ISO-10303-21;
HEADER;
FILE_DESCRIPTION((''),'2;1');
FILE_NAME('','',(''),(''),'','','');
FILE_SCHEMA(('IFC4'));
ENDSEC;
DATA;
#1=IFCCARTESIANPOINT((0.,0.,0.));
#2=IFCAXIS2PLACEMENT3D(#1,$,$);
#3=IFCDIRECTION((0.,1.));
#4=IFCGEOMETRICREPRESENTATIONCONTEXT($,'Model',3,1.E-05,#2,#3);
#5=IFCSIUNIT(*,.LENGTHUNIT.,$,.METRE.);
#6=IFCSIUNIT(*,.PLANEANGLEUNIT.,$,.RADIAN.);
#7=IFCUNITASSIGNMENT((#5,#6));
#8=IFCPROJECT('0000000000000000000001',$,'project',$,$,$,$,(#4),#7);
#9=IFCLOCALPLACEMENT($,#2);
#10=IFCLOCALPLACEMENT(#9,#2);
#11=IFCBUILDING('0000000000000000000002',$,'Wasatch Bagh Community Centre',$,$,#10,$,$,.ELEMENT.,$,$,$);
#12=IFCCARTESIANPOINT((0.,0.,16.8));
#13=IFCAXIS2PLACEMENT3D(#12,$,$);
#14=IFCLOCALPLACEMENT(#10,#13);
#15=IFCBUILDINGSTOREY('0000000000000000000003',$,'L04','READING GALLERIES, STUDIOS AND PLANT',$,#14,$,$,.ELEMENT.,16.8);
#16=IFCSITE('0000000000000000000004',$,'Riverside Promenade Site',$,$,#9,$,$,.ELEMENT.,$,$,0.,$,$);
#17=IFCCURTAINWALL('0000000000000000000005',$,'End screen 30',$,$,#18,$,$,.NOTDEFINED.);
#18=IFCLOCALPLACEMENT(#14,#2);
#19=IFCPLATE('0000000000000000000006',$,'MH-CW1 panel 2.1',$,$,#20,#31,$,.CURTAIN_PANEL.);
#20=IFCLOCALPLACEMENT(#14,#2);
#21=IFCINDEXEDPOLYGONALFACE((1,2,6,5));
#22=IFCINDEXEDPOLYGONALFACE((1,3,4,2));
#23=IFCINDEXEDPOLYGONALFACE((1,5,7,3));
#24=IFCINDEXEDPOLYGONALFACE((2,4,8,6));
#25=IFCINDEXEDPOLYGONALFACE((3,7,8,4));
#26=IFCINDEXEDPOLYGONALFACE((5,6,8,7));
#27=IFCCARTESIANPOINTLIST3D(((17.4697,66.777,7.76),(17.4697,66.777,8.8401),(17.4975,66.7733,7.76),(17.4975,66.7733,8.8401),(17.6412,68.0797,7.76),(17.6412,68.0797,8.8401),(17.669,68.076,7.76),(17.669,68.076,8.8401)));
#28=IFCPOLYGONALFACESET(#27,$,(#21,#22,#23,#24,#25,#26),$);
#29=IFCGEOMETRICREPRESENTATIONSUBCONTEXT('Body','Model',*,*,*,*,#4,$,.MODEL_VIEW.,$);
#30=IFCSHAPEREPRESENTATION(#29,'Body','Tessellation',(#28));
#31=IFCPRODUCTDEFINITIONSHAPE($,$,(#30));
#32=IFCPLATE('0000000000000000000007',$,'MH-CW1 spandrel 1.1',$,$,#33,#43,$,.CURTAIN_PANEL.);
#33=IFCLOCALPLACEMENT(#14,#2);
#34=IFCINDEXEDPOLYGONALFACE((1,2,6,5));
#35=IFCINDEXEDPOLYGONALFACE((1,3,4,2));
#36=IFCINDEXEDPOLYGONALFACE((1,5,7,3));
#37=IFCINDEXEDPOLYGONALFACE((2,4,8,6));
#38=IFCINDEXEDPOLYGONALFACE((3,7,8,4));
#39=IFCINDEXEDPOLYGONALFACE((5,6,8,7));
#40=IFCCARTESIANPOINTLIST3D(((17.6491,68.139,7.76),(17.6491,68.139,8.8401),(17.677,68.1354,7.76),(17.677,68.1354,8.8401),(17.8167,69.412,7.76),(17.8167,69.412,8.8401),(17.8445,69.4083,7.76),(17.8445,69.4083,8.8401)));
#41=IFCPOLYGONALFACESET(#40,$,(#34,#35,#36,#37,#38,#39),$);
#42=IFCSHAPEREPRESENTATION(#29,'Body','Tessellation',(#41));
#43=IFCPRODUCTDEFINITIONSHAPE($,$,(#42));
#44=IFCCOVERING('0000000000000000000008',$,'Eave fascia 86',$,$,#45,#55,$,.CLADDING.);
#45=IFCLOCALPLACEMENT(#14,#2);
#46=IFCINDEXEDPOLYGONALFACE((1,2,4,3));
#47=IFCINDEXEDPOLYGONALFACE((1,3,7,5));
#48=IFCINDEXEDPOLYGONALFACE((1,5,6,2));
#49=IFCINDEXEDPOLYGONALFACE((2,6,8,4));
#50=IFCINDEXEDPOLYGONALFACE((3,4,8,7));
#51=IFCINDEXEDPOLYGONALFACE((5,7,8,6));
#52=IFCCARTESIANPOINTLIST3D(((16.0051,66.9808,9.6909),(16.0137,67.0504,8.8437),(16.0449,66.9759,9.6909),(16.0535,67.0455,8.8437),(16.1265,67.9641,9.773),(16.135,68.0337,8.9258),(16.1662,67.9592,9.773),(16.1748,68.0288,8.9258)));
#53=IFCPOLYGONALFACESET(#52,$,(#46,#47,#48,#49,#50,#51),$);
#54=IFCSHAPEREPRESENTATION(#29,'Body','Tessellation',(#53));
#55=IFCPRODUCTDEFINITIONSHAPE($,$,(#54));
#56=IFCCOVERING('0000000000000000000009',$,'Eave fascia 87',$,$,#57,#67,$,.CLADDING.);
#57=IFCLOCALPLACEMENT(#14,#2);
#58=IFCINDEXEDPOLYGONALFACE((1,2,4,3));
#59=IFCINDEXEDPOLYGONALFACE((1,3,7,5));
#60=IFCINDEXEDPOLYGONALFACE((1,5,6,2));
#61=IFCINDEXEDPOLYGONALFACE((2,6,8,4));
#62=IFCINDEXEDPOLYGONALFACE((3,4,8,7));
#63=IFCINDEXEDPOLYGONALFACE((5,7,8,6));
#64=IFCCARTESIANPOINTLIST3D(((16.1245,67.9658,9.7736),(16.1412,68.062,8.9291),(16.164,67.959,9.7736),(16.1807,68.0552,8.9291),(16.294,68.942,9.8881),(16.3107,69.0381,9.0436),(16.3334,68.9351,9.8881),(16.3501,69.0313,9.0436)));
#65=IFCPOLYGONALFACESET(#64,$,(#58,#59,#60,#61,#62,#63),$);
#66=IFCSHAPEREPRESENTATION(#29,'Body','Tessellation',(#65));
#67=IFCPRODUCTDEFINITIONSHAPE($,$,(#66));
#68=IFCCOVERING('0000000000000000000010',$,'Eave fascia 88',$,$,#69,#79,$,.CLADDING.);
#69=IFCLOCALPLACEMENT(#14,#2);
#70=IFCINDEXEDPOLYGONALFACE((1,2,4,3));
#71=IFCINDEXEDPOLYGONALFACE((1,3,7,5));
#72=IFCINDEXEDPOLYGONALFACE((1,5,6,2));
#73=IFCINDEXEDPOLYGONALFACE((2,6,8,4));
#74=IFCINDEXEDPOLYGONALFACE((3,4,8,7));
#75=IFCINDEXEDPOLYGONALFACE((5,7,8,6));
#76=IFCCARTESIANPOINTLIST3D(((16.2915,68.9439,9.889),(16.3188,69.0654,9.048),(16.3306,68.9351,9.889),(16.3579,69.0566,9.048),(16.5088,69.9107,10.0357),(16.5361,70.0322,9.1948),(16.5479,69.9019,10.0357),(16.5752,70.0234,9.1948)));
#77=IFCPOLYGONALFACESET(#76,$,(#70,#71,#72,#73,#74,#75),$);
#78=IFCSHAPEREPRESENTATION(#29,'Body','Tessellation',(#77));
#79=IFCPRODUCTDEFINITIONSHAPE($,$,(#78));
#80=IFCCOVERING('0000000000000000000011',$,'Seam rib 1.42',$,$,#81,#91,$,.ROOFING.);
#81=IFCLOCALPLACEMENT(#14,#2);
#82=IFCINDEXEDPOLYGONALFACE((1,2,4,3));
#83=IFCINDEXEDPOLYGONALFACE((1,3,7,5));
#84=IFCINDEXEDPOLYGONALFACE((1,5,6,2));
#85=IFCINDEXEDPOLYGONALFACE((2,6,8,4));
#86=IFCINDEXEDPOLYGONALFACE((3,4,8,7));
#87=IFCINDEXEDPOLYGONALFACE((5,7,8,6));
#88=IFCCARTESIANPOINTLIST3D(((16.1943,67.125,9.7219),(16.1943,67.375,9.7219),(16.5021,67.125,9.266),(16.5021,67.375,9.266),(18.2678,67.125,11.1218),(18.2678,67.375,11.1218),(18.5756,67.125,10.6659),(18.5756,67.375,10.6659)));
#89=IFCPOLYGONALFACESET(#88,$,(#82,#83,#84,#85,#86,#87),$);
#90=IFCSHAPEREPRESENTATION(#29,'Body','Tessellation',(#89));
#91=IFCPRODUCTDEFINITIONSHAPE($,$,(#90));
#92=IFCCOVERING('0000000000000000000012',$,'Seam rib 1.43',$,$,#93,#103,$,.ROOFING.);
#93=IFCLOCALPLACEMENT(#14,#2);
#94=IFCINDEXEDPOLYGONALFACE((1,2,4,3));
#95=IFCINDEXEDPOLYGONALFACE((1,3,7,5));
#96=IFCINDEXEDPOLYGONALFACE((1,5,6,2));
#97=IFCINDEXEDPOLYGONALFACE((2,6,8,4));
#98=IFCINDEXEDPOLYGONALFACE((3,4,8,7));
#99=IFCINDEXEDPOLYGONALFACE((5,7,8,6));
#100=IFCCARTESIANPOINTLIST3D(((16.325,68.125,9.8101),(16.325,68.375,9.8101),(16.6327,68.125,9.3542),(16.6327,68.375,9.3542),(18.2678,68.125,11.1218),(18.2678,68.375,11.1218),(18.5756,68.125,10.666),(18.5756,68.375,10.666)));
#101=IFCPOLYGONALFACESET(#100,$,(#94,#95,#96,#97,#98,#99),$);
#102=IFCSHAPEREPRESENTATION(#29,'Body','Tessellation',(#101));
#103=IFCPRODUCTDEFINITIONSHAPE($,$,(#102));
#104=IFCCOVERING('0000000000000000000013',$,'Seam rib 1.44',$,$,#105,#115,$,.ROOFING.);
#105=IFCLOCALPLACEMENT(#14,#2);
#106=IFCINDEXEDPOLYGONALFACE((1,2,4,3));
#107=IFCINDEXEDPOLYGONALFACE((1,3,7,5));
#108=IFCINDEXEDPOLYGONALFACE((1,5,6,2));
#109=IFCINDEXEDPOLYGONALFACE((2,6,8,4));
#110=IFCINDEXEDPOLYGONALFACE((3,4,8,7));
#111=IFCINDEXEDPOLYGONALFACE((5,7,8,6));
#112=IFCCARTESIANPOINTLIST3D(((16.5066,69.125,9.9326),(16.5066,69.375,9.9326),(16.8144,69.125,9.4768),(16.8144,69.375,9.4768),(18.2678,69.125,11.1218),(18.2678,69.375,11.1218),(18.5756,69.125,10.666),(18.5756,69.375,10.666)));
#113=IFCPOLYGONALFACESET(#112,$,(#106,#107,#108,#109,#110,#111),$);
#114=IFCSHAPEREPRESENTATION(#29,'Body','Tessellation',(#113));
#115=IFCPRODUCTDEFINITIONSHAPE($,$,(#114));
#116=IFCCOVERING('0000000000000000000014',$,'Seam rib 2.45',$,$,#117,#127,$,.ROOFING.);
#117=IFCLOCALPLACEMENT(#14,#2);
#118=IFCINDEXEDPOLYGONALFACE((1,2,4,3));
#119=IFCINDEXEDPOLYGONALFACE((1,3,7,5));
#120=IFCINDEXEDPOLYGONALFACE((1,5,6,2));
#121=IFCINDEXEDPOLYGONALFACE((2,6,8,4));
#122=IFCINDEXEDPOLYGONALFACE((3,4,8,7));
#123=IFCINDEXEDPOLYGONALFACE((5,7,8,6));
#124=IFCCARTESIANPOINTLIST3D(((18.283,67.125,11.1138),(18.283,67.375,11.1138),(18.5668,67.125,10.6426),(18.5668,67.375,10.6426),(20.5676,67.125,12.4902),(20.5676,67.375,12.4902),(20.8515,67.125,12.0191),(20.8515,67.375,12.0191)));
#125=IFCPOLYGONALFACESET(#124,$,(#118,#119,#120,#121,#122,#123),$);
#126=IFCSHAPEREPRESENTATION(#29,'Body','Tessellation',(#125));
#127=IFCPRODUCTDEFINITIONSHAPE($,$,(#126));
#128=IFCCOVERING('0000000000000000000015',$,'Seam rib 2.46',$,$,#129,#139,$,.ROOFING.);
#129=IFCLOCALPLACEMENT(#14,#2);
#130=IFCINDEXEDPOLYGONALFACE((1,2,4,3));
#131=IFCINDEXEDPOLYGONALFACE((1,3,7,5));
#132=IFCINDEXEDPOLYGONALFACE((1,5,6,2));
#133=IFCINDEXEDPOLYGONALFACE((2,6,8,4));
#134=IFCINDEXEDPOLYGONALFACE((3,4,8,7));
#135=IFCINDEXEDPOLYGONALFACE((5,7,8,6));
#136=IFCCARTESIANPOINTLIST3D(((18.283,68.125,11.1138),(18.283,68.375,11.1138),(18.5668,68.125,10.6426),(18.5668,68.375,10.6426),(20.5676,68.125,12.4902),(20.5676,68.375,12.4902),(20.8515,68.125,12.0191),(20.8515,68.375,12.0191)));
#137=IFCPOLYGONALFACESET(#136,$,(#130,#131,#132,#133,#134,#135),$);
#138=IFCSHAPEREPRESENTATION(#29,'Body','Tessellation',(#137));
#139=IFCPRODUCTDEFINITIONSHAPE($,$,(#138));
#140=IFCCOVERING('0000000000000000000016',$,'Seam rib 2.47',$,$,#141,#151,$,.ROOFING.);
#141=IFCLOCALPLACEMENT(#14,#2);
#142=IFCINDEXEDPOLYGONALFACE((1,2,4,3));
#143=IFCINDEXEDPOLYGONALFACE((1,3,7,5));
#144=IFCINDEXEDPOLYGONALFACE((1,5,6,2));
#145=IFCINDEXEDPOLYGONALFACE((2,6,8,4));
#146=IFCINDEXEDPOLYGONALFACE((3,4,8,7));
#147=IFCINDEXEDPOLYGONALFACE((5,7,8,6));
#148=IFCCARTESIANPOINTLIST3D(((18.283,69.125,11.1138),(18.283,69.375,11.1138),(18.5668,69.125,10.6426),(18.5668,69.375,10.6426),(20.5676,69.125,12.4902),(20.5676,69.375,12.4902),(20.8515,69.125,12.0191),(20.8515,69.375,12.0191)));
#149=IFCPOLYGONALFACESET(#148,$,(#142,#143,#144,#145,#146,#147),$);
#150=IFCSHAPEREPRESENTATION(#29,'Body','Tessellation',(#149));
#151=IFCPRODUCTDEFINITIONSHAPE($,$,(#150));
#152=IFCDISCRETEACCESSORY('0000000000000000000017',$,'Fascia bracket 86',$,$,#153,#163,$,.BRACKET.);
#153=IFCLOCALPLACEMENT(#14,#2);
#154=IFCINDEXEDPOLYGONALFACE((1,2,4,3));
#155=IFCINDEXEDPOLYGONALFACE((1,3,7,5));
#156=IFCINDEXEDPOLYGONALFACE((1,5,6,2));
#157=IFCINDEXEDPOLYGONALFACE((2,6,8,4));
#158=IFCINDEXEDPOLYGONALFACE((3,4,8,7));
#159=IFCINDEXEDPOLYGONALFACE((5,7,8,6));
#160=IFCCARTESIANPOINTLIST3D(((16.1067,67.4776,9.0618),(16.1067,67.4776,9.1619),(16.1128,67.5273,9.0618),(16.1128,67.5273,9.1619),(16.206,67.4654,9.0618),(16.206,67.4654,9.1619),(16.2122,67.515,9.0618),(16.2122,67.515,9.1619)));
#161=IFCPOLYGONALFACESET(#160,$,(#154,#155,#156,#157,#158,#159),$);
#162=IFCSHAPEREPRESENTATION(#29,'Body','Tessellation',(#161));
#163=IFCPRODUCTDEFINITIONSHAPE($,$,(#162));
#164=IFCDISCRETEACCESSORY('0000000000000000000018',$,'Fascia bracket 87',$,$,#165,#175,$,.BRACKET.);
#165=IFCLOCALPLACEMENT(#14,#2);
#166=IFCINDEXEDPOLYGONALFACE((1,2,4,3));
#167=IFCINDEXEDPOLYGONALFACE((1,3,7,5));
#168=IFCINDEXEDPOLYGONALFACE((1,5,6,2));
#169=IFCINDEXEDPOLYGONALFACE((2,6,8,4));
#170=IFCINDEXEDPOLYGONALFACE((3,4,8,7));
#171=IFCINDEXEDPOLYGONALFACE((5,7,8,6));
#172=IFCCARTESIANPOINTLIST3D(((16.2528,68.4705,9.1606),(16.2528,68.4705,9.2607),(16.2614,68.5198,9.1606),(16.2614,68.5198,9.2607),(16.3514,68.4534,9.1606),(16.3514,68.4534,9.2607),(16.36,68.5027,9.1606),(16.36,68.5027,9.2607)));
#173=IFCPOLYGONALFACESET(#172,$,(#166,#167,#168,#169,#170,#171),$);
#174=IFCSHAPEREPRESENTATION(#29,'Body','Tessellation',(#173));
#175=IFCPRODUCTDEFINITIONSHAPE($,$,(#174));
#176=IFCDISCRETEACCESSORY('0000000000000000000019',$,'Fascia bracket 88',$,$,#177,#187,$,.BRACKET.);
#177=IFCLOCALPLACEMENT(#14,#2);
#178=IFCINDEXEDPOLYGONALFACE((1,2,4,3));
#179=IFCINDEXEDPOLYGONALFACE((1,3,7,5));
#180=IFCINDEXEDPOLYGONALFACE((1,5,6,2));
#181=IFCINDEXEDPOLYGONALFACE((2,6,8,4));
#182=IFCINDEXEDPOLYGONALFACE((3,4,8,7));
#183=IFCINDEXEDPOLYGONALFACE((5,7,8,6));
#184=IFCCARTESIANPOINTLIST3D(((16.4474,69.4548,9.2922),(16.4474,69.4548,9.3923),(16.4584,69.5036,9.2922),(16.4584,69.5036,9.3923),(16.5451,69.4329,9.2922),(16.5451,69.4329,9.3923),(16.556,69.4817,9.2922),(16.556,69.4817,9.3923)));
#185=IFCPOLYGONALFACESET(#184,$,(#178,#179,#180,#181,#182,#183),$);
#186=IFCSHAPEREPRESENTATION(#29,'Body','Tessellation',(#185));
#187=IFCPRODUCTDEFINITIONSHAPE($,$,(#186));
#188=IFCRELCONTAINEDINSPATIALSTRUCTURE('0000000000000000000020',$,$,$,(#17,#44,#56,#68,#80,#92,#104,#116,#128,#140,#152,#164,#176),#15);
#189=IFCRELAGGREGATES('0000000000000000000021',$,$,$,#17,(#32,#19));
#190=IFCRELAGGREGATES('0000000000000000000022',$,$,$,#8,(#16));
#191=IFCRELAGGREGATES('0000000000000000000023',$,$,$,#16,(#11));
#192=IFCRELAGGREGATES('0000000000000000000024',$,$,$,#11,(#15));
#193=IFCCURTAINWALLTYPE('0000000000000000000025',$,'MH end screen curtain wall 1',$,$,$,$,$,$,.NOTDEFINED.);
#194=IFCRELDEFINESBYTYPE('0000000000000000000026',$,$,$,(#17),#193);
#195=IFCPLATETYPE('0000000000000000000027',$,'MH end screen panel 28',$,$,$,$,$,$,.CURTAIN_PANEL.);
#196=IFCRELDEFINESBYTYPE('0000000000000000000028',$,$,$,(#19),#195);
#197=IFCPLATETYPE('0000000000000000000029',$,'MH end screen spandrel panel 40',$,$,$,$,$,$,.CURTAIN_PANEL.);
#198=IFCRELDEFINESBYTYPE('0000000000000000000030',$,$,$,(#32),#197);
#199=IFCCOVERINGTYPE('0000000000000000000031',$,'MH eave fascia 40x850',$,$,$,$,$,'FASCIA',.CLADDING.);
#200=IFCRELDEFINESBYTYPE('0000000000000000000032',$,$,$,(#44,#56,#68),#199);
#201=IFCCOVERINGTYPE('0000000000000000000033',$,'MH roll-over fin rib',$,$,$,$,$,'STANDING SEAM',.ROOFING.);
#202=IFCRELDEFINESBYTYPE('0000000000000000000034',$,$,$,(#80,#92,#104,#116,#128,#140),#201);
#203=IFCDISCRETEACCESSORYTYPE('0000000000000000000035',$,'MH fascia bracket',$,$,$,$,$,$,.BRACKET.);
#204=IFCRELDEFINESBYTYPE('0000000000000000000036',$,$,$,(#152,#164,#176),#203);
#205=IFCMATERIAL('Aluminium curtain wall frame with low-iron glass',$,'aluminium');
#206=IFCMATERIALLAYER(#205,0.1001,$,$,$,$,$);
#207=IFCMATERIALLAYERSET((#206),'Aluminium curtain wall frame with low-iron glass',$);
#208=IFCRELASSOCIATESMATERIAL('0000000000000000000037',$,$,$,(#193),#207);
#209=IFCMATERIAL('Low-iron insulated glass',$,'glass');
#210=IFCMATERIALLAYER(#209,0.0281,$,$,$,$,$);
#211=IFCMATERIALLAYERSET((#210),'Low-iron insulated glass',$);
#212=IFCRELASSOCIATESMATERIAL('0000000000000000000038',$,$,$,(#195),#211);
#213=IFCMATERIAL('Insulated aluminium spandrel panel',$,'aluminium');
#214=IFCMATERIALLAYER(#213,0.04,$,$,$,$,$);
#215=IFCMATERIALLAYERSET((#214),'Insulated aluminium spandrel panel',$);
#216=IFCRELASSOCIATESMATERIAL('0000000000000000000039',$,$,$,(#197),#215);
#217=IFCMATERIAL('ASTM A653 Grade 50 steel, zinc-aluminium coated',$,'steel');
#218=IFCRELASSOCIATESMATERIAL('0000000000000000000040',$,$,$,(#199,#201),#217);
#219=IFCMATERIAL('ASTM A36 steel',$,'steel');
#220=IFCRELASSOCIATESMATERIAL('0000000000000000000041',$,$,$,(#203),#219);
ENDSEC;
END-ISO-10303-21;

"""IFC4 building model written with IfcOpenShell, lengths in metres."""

from ifc_helpers import new_model, si_unit, direction, frame, origin, origin_2d, place, context, subcontext, project, spatial, polyline, rectangle, outline, extrude, material, layer, layer_set, material_profile, profile_set, type_object, element, aggregate, save


model = new_model("IFC4")

# Units and contexts
model_context = context("Model", 3, precision=1e-05, world=origin(), true_north=direction((0.0, 1.0)))
body_context = subcontext(model_context, "Body", "Model", "MODEL_VIEW")
ifc_project = project(units=[si_unit("LENGTHUNIT", "METRE"), si_unit("PLANEANGLEUNIT", "RADIAN")], contexts=[model_context])

# Site, building, storey
site_placement = place(None, origin())
site = spatial("IfcSite", under=ifc_project, at=site_placement, Name="Riverside Promenade Site", CompositionType="ELEMENT", RefElevation=0.0)
building_placement = place(site_placement, origin())
building = spatial("IfcBuilding", under=site, at=building_placement, Name="Wasatch Bagh Community Centre", CompositionType="ELEMENT")
storey_placement = place(building_placement, frame((0.0, 0.0, 16.8)))
storey = spatial("IfcBuildingStorey", under=building, at=storey_placement, Name="L04", Description="READING GALLERIES, STUDIOS AND PLANT", CompositionType="ELEMENT", Elevation=16.8)

# Curtain wall
ifc_material_1 = material(Name="Aluminium curtain wall frame with low-iron glass", Category="aluminium")
ifc_layer_1 = layer(ifc_material_1, 0.1001)
ifc_layer_set_1 = layer_set([ifc_layer_1], Name="Aluminium curtain wall frame with low-iron glass")
curtain_wall_type = type_object("IfcCurtainWallType", Name="MH end screen curtain wall 1", PredefinedType="NOTDEFINED", material=ifc_layer_set_1)
curtain_wall_placement = place(storey_placement, origin())
curtain_wall = element("IfcCurtainWall", 1, at=curtain_wall_placement, inside=storey, type_object=curtain_wall_type, Name="End screen 30", PredefinedType="NOTDEFINED")

# Plates
ifc_material_2 = material(Name="Low-iron insulated glass", Category="glass")
ifc_layer_2 = layer(ifc_material_2, 0.0281)
ifc_layer_set_2 = layer_set([ifc_layer_2], Name="Low-iron insulated glass")
plate_type_1 = type_object("IfcPlateType", Name="MH end screen panel 28", PredefinedType="CURTAIN_PANEL", material=ifc_layer_set_2)
plate_1_placement = place(storey_placement, frame((17.5693, 67.4265, 7.76), z_axis=(0.0, 0.0, 1.0), x_axis=(-0.130526, -0.991445, 0.0)))
plate_1 = element("IfcPlate", 2, at=plate_1_placement, type_object=plate_type_1, Name="MH-CW1 panel 2.1", PredefinedType="CURTAIN_PANEL", context=body_context, shape_type="SweptSolid", body=[
    extrude(rectangle(XDim=1.314, YDim=0.0281, at=origin_2d()), origin(), (0.0, 0.0, 1.0), 1.0801),
])
ifc_material_3 = material(Name="Insulated aluminium spandrel panel", Category="aluminium")
ifc_layer_3 = layer(ifc_material_3, 0.04)
ifc_layer_set_3 = layer_set([ifc_layer_3], Name="Insulated aluminium spandrel panel")
plate_type_2 = type_object("IfcPlateType", Name="MH end screen spandrel panel 40", PredefinedType="CURTAIN_PANEL", material=ifc_layer_set_3)
plate_2_placement = place(storey_placement, frame((17.7468, 68.7737, 7.76), z_axis=(0.0, 0.0, 1.0), x_axis=(-0.130526, -0.991445, 0.0)))
plate_2 = element("IfcPlate", 3, at=plate_2_placement, type_object=plate_type_2, Name="MH-CW1 spandrel 1.1", PredefinedType="CURTAIN_PANEL", context=body_context, shape_type="SweptSolid", body=[
    extrude(rectangle(XDim=1.2839, YDim=0.0281, at=origin_2d()), origin(), (0.0, 0.0, 1.0), 1.0801),
])
aggregate(curtain_wall, [plate_2, plate_1])

# Coverings
ifc_material_4 = material(Name="ASTM A653 Grade 50 steel, zinc-aluminium coated", Category="steel")
ifc_material_profile_1 = material_profile(ifc_material_4, rectangle(XDim=0.04, YDim=0.8501, at=origin_2d()), Name="FASCIA 40x850")
ifc_profile_set_1 = profile_set([ifc_material_profile_1], Name="ASTM A653 Grade 50 steel, zinc-aluminium coated")
covering_type_1 = type_object("IfcCoveringType", Name="MH eave fascia 40x850", ElementType="FASCIA", PredefinedType="CLADDING", material=ifc_profile_set_1)
covering_1_placement = place(storey_placement, frame((16.0293, 67.0132, 9.2673), z_axis=(0.12204, 0.98909, 0.082506), x_axis=(-0.992474, 0.122458, 0.0)))
element("IfcCovering", 4, at=covering_1_placement, inside=storey, type_object=covering_type_1, Name="Eave fascia 86", PredefinedType="CLADDING", context=body_context, shape_type="SweptSolid", body=[
    extrude(rectangle(XDim=0.04, YDim=0.8501, at=origin_2d()), origin(), (0.0, 0.0, 1.0), 0.9941),
])
covering_2_placement = place(storey_placement, frame((16.1526, 68.0105, 9.3513), z_axis=(0.169898, 0.97875, 0.114816), x_axis=(-0.985266, 0.171029, 0.0)))
element("IfcCovering", 5, at=covering_2_placement, inside=storey, type_object=covering_type_1, Name="Eave fascia 87", PredefinedType="CLADDING", context=body_context, shape_type="SweptSolid", body=[
    extrude(rectangle(XDim=0.04, YDim=0.8501, at=origin_2d()), origin(), (0.0, 0.0, 1.0), 0.9973),
])
covering_3_placement = place(storey_placement, frame((16.3247, 69.0002, 9.4685), z_axis=(0.216913, 0.965139, 0.146477), x_axis=(-0.975662, 0.219278, 0.0)))
element("IfcCovering", 6, at=covering_3_placement, inside=storey, type_object=covering_type_1, Name="Eave fascia 88", PredefinedType="CLADDING", context=body_context, shape_type="SweptSolid", body=[
    extrude(rectangle(XDim=0.04, YDim=0.8501, at=origin_2d()), origin(), (0.0, 0.0, 1.0), 1.0017),
])
covering_type_2 = type_object("IfcCoveringType", Name="MH roll-over fin rib", ElementType="STANDING SEAM", PredefinedType="ROOFING", material=ifc_material_4)
covering_4_placement = place(storey_placement, frame((16.1943, 67.125, 9.7219), z_axis=(-0.559555, 0.0, 0.828793), x_axis=(0.828793, 0.0, 0.559555)))
element("IfcCovering", 7, at=covering_4_placement, inside=storey, type_object=covering_type_2, Name="Seam rib 1.42", PredefinedType="ROOFING", context=body_context, shape_type="SweptSolid", body=[
    extrude(outline(polyline([(0.0, 0.0), (2.5018, 0.0), (2.5018, 0.25), (0.0, 0.25), (0.0, 0.0)])), origin(), (0.0, 0.0, -1.0), 0.55),
])
covering_5_placement = place(storey_placement, frame((16.325, 68.125, 9.8101), z_axis=(-0.559569, 0.0, 0.828783), x_axis=(0.828783, 0.0, 0.559569)))
element("IfcCovering", 8, at=covering_5_placement, inside=storey, type_object=covering_type_2, Name="Seam rib 1.43", PredefinedType="ROOFING", context=body_context, shape_type="SweptSolid", body=[
    extrude(outline(polyline([(0.0, 0.0), (2.3442, 0.0), (2.3442, 0.25), (0.0, 0.25), (0.0, 0.0)])), origin(), (0.0, 0.0, -1.0), 0.55),
])
covering_6_placement = place(storey_placement, frame((16.5066, 69.125, 9.9326), z_axis=(-0.559595, 0.0, 0.828766), x_axis=(0.828766, 0.0, 0.559595)))
element("IfcCovering", 9, at=covering_6_placement, inside=storey, type_object=covering_type_2, Name="Seam rib 1.44", PredefinedType="ROOFING", context=body_context, shape_type="SweptSolid", body=[
    extrude(outline(polyline([(0.0, 0.0), (2.1251, 0.0), (2.1251, 0.25), (0.0, 0.25), (0.0, 0.0)])), origin(), (0.0, 0.0, -1.0), 0.55),
])
for number, where, z_axis, x_axis, name in (
    (10, (18.283, 67.125, 11.1138), (-0.516056, 0.0, 0.856555), (0.856555, 0.0, 0.516056), "Seam rib 2.45"),
    (11, (18.283, 68.125, 11.1138), (-0.516056, 0.0, 0.856555), (0.856555, 0.0, 0.516056), "Seam rib 2.46"),
    (12, (18.283, 69.125, 11.1138), (-0.516056, 0.0, 0.856555), (0.856555, 0.0, 0.516056), "Seam rib 2.47"),
):
    element("IfcCovering", number, at=place(storey_placement, frame(where, z_axis=z_axis, x_axis=x_axis)), inside=storey, type_object=covering_type_2, Name=name, PredefinedType="ROOFING", context=body_context, shape_type="SweptSolid", body=[
        extrude(outline(polyline([(0.0, 0.0), (2.6673, 0.0), (2.6673, 0.25), (0.0, 0.25), (0.0, 0.0)])), origin(), (0.0, 0.0, -1.0), 0.55),
    ])

# Discrete accessories
ifc_material_5 = material(Name="ASTM A36 steel", Category="steel")
discrete_accessory_type_1 = type_object("IfcDiscreteAccessoryType", Name="MH fascia bracket", PredefinedType="BRACKET", material=ifc_material_5)
for number, where, z_axis, x_axis, name in (
    (13, (16.1594, 67.4963, 9.0618), (0.0, 0.0, 1.0), (-0.99248, 0.122411, 0.0), "Fascia bracket 86"),
    (14, (16.3064, 68.4866, 9.1606), (0.0, 0.0, 1.0), (-0.985278, 0.170962, 0.0), "Fascia bracket 87"),
    (15, (16.5017, 69.4683, 9.2922), (0.0, 0.0, 1.0), (-0.975702, 0.219101, 0.0), "Fascia bracket 88"),
):
    element("IfcDiscreteAccessory", number, at=place(storey_placement, frame(where, z_axis=z_axis, x_axis=x_axis)), inside=storey, type_object=discrete_accessory_type_1, Name=name, PredefinedType="BRACKET", context=body_context, shape_type="SweptSolid", body=[
        extrude(rectangle(XDim=0.1001, YDim=0.05, at=origin_2d()), origin(), (0.0, 0.0, 1.0), 0.1001),
    ])

save(model, "model.ifc")
